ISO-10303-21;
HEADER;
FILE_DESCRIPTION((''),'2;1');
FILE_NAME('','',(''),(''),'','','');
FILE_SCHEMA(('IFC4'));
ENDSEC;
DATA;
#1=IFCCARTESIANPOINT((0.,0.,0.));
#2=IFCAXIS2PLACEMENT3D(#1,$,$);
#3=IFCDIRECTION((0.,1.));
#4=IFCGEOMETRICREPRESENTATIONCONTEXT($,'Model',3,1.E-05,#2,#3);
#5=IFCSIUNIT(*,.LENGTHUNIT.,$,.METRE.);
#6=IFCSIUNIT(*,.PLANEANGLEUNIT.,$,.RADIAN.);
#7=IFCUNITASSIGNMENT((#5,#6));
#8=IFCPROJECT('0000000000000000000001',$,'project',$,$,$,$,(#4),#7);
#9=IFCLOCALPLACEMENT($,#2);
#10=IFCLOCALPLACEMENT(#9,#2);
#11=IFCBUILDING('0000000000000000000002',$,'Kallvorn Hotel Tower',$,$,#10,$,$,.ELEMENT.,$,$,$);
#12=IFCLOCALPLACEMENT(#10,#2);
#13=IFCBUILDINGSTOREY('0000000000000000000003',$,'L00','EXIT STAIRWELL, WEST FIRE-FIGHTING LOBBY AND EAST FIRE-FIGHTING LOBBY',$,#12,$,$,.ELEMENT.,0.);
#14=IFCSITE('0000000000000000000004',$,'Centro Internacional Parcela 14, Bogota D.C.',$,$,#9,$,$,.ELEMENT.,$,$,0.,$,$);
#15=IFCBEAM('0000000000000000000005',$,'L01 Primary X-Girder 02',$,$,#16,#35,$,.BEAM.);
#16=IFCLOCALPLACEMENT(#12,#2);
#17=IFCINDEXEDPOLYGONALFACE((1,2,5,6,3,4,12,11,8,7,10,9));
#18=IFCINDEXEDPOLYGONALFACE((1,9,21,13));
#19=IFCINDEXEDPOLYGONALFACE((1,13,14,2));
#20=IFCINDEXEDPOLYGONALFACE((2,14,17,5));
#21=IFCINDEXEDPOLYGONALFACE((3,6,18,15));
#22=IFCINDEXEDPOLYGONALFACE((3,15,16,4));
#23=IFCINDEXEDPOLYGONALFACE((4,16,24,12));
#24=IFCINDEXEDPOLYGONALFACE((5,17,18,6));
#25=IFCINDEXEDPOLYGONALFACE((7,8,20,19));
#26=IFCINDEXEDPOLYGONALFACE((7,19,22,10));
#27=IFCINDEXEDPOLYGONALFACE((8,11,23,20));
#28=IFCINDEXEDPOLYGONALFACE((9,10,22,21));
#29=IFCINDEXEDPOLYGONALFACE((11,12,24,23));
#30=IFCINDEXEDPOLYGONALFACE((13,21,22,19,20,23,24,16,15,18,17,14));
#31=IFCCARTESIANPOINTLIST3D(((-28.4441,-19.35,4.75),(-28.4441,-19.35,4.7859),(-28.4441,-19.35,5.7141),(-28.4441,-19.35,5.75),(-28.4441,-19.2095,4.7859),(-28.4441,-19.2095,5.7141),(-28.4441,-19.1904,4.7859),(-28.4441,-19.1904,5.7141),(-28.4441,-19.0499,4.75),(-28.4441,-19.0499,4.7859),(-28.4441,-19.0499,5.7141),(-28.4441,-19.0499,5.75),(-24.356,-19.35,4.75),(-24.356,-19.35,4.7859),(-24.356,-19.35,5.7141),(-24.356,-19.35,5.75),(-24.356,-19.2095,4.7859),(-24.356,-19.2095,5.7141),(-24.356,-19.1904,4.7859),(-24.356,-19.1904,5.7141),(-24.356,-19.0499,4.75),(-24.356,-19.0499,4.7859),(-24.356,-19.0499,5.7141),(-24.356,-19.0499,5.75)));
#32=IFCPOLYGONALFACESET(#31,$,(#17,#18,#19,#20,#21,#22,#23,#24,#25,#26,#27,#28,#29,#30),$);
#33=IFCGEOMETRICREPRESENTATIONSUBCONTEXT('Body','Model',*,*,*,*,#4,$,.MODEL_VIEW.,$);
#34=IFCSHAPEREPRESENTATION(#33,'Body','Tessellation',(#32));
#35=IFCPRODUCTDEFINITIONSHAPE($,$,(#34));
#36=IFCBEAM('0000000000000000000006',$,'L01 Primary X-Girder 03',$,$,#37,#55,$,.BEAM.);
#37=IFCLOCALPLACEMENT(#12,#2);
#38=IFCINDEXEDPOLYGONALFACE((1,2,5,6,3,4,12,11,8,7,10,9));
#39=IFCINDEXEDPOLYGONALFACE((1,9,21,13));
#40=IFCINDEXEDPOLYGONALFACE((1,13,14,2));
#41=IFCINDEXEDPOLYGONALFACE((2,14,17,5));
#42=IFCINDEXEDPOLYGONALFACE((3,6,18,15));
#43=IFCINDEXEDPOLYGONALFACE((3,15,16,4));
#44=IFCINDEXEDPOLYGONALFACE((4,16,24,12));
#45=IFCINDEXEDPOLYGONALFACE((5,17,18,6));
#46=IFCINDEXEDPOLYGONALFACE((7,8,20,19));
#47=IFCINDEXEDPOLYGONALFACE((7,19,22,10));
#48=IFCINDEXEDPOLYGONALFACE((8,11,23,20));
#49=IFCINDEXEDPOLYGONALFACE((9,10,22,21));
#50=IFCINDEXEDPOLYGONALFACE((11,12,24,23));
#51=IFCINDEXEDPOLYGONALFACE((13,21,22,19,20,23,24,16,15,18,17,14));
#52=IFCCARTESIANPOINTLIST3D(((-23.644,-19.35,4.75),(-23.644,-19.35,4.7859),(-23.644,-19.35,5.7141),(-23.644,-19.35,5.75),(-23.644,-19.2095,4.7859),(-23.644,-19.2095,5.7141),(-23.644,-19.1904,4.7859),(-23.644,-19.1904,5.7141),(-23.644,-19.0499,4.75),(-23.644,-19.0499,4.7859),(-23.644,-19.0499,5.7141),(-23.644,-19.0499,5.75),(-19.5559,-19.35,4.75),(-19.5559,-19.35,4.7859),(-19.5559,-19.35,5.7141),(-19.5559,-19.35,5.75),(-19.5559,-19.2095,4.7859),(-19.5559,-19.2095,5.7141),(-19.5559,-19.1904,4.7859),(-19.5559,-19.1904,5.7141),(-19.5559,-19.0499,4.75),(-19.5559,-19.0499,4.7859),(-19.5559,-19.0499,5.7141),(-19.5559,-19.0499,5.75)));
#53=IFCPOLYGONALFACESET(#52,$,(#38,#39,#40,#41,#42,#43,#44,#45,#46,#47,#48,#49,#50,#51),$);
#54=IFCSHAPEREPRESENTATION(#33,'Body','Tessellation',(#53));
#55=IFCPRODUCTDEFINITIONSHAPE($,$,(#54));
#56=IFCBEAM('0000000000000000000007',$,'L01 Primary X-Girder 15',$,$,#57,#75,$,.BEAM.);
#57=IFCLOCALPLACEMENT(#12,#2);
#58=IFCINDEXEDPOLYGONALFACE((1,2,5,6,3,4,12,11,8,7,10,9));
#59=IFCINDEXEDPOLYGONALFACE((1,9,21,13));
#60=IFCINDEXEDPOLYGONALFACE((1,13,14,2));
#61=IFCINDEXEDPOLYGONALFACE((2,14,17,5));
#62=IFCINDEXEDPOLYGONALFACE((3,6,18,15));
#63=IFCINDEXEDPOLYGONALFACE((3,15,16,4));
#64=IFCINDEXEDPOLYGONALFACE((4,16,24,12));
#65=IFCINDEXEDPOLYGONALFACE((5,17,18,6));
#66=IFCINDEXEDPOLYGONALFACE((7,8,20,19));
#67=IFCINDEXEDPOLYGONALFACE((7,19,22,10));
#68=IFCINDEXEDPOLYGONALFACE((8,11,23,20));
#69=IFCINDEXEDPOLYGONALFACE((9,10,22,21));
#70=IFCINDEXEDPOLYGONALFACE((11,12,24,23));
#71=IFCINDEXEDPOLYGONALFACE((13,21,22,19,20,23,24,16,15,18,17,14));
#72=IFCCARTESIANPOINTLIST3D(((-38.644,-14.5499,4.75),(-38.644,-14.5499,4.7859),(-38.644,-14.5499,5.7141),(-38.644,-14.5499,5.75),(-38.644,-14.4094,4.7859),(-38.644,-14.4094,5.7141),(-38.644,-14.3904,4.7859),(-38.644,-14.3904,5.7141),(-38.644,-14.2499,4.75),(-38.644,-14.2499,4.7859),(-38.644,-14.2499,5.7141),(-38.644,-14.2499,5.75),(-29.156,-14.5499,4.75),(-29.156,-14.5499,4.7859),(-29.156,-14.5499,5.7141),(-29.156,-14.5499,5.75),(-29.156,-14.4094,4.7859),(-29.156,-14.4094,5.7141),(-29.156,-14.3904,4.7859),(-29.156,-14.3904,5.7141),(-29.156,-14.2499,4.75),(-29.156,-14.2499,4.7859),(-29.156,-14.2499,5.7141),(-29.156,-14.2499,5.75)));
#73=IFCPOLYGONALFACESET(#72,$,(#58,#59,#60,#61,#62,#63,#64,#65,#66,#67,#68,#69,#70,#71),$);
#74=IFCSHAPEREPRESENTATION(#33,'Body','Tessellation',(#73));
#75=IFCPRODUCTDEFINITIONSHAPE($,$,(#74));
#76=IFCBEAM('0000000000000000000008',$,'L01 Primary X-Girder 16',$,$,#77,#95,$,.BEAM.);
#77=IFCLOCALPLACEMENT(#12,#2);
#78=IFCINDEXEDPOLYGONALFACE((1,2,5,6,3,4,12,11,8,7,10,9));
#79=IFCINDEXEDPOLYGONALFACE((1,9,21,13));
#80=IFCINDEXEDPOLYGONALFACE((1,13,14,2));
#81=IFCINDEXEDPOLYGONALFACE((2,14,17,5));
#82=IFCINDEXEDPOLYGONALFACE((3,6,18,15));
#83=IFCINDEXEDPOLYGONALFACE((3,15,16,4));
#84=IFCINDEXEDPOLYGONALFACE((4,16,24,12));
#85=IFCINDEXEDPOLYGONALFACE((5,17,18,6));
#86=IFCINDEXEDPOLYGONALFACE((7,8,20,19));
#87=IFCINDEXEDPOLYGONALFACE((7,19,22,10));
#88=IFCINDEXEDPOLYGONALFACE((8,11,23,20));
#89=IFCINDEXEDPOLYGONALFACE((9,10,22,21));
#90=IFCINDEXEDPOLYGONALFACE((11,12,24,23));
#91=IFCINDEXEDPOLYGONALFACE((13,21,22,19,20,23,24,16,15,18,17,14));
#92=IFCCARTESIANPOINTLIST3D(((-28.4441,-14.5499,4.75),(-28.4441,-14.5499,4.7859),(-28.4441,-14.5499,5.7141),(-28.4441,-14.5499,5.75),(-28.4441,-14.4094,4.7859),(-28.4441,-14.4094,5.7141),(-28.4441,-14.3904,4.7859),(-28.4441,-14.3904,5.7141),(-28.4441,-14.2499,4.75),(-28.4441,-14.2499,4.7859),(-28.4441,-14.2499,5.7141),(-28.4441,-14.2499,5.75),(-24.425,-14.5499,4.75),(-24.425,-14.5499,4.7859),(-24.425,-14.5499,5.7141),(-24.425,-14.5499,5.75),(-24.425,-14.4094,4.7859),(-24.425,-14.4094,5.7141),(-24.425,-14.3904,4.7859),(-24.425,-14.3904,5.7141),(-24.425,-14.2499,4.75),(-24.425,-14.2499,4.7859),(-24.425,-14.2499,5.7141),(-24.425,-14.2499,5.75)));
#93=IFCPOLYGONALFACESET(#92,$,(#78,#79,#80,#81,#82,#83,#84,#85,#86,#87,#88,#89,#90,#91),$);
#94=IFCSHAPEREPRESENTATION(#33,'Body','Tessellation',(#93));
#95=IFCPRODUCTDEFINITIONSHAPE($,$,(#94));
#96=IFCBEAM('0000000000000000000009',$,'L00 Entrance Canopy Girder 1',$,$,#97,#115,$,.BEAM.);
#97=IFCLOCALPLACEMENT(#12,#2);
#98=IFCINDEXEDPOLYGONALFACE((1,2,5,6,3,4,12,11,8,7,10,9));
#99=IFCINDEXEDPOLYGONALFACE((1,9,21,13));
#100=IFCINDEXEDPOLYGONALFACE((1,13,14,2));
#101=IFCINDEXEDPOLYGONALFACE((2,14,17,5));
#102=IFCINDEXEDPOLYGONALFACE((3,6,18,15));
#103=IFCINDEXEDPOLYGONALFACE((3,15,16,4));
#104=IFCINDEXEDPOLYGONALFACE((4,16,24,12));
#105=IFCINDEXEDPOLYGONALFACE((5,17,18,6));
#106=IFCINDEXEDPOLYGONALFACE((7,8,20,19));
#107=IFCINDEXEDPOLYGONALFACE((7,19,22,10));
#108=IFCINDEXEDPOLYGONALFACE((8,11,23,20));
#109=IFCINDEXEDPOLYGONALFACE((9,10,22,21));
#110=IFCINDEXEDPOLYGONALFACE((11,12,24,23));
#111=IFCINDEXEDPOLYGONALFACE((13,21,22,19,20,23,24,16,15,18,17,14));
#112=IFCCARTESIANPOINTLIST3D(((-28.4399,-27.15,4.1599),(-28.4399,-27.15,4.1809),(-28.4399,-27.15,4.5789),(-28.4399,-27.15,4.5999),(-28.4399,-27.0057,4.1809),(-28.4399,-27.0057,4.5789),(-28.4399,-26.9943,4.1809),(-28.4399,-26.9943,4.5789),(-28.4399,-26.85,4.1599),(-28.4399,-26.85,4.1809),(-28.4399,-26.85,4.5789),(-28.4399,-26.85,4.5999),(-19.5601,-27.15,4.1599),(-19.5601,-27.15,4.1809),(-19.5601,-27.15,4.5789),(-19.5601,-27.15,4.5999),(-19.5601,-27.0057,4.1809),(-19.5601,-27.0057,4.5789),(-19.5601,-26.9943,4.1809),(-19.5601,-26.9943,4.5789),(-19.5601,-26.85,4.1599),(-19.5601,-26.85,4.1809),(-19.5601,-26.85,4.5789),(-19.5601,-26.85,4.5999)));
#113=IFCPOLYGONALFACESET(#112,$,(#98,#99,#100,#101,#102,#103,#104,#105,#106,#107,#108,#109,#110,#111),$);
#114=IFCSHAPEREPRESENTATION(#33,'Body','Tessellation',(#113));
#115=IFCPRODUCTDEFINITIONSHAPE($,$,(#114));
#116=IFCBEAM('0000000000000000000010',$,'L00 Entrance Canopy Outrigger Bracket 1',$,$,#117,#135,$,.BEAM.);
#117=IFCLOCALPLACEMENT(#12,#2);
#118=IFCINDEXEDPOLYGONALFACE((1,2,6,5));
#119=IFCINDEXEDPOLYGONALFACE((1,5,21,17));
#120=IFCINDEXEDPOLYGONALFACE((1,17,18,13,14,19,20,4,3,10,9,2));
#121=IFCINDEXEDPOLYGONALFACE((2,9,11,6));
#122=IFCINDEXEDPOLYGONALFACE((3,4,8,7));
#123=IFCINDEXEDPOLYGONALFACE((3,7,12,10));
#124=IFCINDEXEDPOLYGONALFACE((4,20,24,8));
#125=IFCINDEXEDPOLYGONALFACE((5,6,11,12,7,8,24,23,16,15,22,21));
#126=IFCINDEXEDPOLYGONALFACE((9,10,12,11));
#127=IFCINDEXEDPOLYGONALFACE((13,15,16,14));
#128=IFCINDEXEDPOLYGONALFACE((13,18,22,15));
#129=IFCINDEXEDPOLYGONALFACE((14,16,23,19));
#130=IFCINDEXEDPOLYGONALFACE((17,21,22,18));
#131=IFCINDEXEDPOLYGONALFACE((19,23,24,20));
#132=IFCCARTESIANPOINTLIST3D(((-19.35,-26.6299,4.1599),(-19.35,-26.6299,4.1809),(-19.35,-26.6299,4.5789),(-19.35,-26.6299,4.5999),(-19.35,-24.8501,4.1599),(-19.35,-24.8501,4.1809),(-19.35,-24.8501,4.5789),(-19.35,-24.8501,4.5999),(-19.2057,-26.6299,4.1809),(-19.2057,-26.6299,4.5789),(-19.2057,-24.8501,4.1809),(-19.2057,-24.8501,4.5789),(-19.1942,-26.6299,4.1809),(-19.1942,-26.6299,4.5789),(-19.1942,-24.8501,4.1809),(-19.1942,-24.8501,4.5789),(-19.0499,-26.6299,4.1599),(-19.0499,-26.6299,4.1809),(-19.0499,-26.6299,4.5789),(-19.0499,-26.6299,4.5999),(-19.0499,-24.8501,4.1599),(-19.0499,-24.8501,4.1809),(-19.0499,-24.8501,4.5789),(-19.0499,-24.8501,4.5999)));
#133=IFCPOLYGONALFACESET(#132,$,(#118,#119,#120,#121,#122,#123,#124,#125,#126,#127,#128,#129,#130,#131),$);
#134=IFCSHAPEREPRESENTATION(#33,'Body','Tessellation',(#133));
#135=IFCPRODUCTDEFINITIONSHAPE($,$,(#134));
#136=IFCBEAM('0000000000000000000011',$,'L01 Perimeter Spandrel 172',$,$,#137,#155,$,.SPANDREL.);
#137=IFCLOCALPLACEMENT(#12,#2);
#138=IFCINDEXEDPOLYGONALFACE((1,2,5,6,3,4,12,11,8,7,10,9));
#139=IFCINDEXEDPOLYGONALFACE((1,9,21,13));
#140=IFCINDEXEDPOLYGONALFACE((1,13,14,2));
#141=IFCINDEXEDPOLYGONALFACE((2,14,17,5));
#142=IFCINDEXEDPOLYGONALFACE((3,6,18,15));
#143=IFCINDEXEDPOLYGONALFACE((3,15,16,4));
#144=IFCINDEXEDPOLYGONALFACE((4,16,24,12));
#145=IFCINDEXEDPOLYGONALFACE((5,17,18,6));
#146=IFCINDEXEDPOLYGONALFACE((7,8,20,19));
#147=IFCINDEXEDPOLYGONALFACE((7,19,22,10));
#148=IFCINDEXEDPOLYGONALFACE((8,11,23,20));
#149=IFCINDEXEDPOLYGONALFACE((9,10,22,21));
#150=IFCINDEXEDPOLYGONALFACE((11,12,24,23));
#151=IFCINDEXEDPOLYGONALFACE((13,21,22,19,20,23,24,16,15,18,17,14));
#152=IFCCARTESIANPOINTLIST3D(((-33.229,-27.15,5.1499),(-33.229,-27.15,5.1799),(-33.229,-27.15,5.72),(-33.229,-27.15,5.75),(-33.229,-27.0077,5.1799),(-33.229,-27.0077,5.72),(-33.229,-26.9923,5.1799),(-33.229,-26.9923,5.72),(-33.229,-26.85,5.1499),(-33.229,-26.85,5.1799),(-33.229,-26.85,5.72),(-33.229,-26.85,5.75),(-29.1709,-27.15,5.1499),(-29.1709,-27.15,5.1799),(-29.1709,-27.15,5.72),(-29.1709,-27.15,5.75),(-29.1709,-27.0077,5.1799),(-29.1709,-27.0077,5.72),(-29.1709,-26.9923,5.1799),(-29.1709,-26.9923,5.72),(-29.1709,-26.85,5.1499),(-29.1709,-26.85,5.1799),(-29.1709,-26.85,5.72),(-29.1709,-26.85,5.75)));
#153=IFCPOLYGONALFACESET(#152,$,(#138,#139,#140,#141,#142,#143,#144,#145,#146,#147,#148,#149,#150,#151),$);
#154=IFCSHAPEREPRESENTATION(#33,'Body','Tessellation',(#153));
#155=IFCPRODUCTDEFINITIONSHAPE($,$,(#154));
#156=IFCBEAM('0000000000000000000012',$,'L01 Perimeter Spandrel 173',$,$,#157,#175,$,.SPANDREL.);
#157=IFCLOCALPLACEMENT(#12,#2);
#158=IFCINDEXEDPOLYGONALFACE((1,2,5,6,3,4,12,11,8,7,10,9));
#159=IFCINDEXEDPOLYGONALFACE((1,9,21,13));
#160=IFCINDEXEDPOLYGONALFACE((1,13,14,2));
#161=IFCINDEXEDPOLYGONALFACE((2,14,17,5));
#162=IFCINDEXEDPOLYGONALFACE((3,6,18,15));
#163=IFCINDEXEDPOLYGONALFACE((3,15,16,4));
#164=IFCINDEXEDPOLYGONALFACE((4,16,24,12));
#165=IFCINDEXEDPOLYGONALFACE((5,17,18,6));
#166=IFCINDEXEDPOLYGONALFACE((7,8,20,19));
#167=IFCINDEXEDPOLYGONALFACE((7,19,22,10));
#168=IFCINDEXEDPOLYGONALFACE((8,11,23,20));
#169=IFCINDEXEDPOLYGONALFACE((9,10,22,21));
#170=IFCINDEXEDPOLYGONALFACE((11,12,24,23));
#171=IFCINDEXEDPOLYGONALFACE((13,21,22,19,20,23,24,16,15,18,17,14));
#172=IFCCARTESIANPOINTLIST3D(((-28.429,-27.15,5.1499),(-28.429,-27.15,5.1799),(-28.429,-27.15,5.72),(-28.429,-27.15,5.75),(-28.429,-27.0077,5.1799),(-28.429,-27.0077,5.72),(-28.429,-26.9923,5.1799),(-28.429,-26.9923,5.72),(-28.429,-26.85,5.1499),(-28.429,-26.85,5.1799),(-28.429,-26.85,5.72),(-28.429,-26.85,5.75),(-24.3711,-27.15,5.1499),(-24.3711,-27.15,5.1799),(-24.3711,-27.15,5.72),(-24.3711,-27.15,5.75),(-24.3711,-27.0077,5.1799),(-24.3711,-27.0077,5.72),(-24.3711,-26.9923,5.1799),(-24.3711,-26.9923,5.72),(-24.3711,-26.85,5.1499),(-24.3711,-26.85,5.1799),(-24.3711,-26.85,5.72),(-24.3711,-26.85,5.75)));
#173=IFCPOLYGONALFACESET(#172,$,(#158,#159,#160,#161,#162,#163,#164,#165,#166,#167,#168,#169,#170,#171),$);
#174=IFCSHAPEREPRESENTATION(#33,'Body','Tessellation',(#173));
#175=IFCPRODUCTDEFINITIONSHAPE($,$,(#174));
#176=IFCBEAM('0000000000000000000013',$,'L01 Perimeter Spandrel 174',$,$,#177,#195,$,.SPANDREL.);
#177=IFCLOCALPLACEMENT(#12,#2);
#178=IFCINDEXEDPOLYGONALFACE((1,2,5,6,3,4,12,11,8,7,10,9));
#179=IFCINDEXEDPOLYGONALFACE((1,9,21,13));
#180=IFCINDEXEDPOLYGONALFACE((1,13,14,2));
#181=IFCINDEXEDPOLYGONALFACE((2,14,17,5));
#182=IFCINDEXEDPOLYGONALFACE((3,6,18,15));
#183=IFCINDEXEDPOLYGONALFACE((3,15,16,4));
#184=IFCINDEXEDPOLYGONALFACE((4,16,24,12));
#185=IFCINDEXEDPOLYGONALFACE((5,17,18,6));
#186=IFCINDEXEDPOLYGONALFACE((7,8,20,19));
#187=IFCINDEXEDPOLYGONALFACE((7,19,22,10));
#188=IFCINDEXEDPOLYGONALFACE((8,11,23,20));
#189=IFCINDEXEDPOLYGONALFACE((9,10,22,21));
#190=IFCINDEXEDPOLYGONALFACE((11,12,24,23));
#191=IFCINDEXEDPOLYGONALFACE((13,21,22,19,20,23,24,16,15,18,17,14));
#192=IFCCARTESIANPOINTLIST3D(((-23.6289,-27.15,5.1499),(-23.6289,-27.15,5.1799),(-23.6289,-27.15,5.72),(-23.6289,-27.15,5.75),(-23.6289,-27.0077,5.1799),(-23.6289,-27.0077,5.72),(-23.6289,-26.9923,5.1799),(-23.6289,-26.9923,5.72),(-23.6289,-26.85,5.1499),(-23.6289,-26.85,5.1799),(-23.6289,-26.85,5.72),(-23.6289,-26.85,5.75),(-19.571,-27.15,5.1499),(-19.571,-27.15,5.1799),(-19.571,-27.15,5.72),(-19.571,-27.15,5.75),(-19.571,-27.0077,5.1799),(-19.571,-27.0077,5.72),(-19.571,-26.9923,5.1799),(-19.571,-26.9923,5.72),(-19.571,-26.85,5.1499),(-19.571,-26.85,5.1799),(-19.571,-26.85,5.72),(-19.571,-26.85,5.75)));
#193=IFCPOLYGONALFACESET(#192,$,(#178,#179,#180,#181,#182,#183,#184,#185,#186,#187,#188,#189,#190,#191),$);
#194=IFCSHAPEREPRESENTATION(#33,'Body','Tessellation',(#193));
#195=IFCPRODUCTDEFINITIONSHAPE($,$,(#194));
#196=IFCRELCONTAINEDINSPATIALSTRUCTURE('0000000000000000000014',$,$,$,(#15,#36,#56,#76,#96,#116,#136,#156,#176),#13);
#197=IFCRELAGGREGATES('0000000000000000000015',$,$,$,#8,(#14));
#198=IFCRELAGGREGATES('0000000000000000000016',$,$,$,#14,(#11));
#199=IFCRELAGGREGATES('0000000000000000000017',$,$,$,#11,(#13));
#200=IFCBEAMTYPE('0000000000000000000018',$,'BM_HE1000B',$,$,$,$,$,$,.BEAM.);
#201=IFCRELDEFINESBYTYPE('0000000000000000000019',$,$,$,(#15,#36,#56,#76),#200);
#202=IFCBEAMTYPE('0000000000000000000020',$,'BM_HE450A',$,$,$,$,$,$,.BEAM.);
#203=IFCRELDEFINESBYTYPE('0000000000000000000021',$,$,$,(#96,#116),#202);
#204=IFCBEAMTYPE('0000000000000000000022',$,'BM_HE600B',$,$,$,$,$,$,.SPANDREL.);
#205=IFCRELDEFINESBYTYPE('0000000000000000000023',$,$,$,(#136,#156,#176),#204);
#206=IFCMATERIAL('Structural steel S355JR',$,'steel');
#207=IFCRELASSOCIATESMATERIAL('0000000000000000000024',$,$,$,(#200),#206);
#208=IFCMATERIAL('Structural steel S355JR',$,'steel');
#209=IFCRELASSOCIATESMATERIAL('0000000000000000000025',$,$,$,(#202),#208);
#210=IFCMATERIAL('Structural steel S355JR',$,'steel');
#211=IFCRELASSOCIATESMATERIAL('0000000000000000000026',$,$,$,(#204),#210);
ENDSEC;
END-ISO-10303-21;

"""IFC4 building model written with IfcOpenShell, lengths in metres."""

from ifc_helpers import new_model, si_unit, direction, frame, origin, origin_2d, place, context, subcontext, project, spatial, i_section, extrude, material, material_profile, profile_set, type_object, element, save


model = new_model("IFC4")

# Units and contexts
model_context = context("Model", 3, precision=1e-05, world=origin(), true_north=direction((0.0, 1.0)))
body_context = subcontext(model_context, "Body", "Model", "MODEL_VIEW")
ifc_project = project(units=[si_unit("LENGTHUNIT", "METRE"), si_unit("PLANEANGLEUNIT", "RADIAN")], contexts=[model_context])

# Site, building, storey
site_placement = place(None, origin())
site = spatial("IfcSite", under=ifc_project, at=site_placement, Name="Centro Internacional Parcela 14, Bogota D.C.", CompositionType="ELEMENT", RefElevation=0.0)
building_placement = place(site_placement, origin())
building = spatial("IfcBuilding", under=site, at=building_placement, Name="Kallvorn Hotel Tower", CompositionType="ELEMENT")
storey_placement = place(building_placement, origin())
storey = spatial("IfcBuildingStorey", under=building, at=storey_placement, Name="L00", Description="EXIT STAIRWELL, WEST FIRE-FIGHTING LOBBY AND EAST FIRE-FIGHTING LOBBY", CompositionType="ELEMENT", Elevation=0.0)

# Beams
ifc_material_1 = material(Name="Structural steel S355JR", Category="steel")
ifc_material_profile_1 = material_profile(ifc_material_1, i_section(OverallWidth=0.3, OverallDepth=1.0, WebThickness=0.019, FlangeThickness=0.0359, at=origin_2d()), Name="HE 1000 B")
ifc_profile_set_1 = profile_set([ifc_material_profile_1], Name="Structural steel S355JR")
beam_type_1 = type_object("IfcBeamType", Name="BM_HE1000B", PredefinedType="BEAM", material=ifc_profile_set_1)
for number, where, z_axis, x_axis, name in (
    (1, (-28.4441, -19.2, 5.25), (1.0, 0.0, 0.0), (0.0, 1.0, 0.0), "L01 Primary X-Girder 02"),
    (2, (-23.644, -19.2, 5.25), (1.0, 0.0, 0.0), (0.0, 1.0, 0.0), "L01 Primary X-Girder 03"),
):
    element("IfcBeam", number, at=place(storey_placement, frame(where, z_axis=z_axis, x_axis=x_axis)), inside=storey, type_object=beam_type_1, Name=name, PredefinedType="BEAM", context=body_context, shape_type="SweptSolid", body=[
        extrude(i_section(OverallWidth=0.3, OverallDepth=1.0, WebThickness=0.019, FlangeThickness=0.0359, at=origin_2d()), origin(), (0.0, 0.0, 1.0), 4.0881),
    ])
beam_1_placement = place(storey_placement, frame((-38.644, -14.3999, 5.25), z_axis=(1.0, 0.0, 0.0), x_axis=(0.0, 1.0, 0.0)))
element("IfcBeam", 3, at=beam_1_placement, inside=storey, type_object=beam_type_1, Name="L01 Primary X-Girder 15", PredefinedType="BEAM", context=body_context, shape_type="SweptSolid", body=[
    extrude(i_section(OverallWidth=0.3, OverallDepth=1.0, WebThickness=0.019, FlangeThickness=0.0359, at=origin_2d()), origin(), (0.0, 0.0, 1.0), 9.488),
])
beam_2_placement = place(storey_placement, frame((-28.4441, -14.3999, 5.25), z_axis=(1.0, 0.0, 0.0), x_axis=(0.0, 1.0, 0.0)))
element("IfcBeam", 4, at=beam_2_placement, inside=storey, type_object=beam_type_1, Name="L01 Primary X-Girder 16", PredefinedType="BEAM", context=body_context, shape_type="SweptSolid", body=[
    extrude(i_section(OverallWidth=0.3, OverallDepth=1.0, WebThickness=0.019, FlangeThickness=0.0359, at=origin_2d()), origin(), (0.0, 0.0, 1.0), 4.019),
])
ifc_material_2 = material(Name="Structural steel S355JR", Category="steel")
ifc_material_profile_2 = material_profile(ifc_material_2, i_section(OverallWidth=0.3, OverallDepth=0.4399, WebThickness=0.0115, FlangeThickness=0.021, at=origin_2d()), Name="HE 450 A")
ifc_profile_set_2 = profile_set([ifc_material_profile_2], Name="Structural steel S355JR")
beam_type_2 = type_object("IfcBeamType", Name="BM_HE450A", PredefinedType="BEAM", material=ifc_profile_set_2)
beam_3_placement = place(storey_placement, frame((-28.4399, -27.0, 4.3799), z_axis=(1.0, 0.0, 0.0), x_axis=(0.0, 1.0, 0.0)))
element("IfcBeam", 5, at=beam_3_placement, inside=storey, type_object=beam_type_2, Name="L00 Entrance Canopy Girder 1", PredefinedType="BEAM", context=body_context, shape_type="SweptSolid", body=[
    extrude(i_section(OverallWidth=0.3, OverallDepth=0.4399, WebThickness=0.0115, FlangeThickness=0.021, at=origin_2d()), origin(), (0.0, 0.0, 1.0), 8.8799),
])
beam_4_placement = place(storey_placement, frame((-19.2, -26.6299, 4.3799), z_axis=(0.0, 1.0, 0.0), x_axis=(-1.0, 0.0, 0.0)))
element("IfcBeam", 6, at=beam_4_placement, inside=storey, type_object=beam_type_2, Name="L00 Entrance Canopy Outrigger Bracket 1", PredefinedType="BEAM", context=body_context, shape_type="SweptSolid", body=[
    extrude(i_section(OverallWidth=0.3, OverallDepth=0.4399, WebThickness=0.0115, FlangeThickness=0.021, at=origin_2d()), origin(), (0.0, 0.0, 1.0), 1.7798),
])
ifc_material_3 = material(Name="Structural steel S355JR", Category="steel")
ifc_material_profile_3 = material_profile(ifc_material_3, i_section(OverallWidth=0.3, OverallDepth=0.6001, WebThickness=0.0154, FlangeThickness=0.03, at=origin_2d()), Name="HE 600 B")
ifc_profile_set_3 = profile_set([ifc_material_profile_3], Name="Structural steel S355JR")
beam_type_3 = type_object("IfcBeamType", Name="BM_HE600B", PredefinedType="SPANDREL", material=ifc_profile_set_3)
beam_5_placement = place(storey_placement, frame((-33.229, -27.0, 5.45), z_axis=(1.0, 0.0, 0.0), x_axis=(0.0, 1.0, 0.0)))
element("IfcBeam", 7, at=beam_5_placement, inside=storey, type_object=beam_type_3, Name="L01 Perimeter Spandrel 172", PredefinedType="SPANDREL", context=body_context, shape_type="SweptSolid", body=[
    extrude(i_section(OverallWidth=0.3, OverallDepth=0.6001, WebThickness=0.0154, FlangeThickness=0.03, at=origin_2d()), origin(), (0.0, 0.0, 1.0), 4.0581),
])
for number, where, z_axis, x_axis, name in (
    (8, (-28.429, -27.0, 5.45), (1.0, 0.0, 0.0), (0.0, 1.0, 0.0), "L01 Perimeter Spandrel 173"),
    (9, (-23.6289, -27.0, 5.45), (1.0, 0.0, 0.0), (0.0, 1.0, 0.0), "L01 Perimeter Spandrel 174"),
):
    element("IfcBeam", number, at=place(storey_placement, frame(where, z_axis=z_axis, x_axis=x_axis)), inside=storey, type_object=beam_type_3, Name=name, PredefinedType="SPANDREL", context=body_context, shape_type="SweptSolid", body=[
        extrude(i_section(OverallWidth=0.3, OverallDepth=0.6001, WebThickness=0.0154, FlangeThickness=0.03, at=origin_2d()), origin(), (0.0, 0.0, 1.0), 4.0579),
    ])

save(model, "model.ifc")
